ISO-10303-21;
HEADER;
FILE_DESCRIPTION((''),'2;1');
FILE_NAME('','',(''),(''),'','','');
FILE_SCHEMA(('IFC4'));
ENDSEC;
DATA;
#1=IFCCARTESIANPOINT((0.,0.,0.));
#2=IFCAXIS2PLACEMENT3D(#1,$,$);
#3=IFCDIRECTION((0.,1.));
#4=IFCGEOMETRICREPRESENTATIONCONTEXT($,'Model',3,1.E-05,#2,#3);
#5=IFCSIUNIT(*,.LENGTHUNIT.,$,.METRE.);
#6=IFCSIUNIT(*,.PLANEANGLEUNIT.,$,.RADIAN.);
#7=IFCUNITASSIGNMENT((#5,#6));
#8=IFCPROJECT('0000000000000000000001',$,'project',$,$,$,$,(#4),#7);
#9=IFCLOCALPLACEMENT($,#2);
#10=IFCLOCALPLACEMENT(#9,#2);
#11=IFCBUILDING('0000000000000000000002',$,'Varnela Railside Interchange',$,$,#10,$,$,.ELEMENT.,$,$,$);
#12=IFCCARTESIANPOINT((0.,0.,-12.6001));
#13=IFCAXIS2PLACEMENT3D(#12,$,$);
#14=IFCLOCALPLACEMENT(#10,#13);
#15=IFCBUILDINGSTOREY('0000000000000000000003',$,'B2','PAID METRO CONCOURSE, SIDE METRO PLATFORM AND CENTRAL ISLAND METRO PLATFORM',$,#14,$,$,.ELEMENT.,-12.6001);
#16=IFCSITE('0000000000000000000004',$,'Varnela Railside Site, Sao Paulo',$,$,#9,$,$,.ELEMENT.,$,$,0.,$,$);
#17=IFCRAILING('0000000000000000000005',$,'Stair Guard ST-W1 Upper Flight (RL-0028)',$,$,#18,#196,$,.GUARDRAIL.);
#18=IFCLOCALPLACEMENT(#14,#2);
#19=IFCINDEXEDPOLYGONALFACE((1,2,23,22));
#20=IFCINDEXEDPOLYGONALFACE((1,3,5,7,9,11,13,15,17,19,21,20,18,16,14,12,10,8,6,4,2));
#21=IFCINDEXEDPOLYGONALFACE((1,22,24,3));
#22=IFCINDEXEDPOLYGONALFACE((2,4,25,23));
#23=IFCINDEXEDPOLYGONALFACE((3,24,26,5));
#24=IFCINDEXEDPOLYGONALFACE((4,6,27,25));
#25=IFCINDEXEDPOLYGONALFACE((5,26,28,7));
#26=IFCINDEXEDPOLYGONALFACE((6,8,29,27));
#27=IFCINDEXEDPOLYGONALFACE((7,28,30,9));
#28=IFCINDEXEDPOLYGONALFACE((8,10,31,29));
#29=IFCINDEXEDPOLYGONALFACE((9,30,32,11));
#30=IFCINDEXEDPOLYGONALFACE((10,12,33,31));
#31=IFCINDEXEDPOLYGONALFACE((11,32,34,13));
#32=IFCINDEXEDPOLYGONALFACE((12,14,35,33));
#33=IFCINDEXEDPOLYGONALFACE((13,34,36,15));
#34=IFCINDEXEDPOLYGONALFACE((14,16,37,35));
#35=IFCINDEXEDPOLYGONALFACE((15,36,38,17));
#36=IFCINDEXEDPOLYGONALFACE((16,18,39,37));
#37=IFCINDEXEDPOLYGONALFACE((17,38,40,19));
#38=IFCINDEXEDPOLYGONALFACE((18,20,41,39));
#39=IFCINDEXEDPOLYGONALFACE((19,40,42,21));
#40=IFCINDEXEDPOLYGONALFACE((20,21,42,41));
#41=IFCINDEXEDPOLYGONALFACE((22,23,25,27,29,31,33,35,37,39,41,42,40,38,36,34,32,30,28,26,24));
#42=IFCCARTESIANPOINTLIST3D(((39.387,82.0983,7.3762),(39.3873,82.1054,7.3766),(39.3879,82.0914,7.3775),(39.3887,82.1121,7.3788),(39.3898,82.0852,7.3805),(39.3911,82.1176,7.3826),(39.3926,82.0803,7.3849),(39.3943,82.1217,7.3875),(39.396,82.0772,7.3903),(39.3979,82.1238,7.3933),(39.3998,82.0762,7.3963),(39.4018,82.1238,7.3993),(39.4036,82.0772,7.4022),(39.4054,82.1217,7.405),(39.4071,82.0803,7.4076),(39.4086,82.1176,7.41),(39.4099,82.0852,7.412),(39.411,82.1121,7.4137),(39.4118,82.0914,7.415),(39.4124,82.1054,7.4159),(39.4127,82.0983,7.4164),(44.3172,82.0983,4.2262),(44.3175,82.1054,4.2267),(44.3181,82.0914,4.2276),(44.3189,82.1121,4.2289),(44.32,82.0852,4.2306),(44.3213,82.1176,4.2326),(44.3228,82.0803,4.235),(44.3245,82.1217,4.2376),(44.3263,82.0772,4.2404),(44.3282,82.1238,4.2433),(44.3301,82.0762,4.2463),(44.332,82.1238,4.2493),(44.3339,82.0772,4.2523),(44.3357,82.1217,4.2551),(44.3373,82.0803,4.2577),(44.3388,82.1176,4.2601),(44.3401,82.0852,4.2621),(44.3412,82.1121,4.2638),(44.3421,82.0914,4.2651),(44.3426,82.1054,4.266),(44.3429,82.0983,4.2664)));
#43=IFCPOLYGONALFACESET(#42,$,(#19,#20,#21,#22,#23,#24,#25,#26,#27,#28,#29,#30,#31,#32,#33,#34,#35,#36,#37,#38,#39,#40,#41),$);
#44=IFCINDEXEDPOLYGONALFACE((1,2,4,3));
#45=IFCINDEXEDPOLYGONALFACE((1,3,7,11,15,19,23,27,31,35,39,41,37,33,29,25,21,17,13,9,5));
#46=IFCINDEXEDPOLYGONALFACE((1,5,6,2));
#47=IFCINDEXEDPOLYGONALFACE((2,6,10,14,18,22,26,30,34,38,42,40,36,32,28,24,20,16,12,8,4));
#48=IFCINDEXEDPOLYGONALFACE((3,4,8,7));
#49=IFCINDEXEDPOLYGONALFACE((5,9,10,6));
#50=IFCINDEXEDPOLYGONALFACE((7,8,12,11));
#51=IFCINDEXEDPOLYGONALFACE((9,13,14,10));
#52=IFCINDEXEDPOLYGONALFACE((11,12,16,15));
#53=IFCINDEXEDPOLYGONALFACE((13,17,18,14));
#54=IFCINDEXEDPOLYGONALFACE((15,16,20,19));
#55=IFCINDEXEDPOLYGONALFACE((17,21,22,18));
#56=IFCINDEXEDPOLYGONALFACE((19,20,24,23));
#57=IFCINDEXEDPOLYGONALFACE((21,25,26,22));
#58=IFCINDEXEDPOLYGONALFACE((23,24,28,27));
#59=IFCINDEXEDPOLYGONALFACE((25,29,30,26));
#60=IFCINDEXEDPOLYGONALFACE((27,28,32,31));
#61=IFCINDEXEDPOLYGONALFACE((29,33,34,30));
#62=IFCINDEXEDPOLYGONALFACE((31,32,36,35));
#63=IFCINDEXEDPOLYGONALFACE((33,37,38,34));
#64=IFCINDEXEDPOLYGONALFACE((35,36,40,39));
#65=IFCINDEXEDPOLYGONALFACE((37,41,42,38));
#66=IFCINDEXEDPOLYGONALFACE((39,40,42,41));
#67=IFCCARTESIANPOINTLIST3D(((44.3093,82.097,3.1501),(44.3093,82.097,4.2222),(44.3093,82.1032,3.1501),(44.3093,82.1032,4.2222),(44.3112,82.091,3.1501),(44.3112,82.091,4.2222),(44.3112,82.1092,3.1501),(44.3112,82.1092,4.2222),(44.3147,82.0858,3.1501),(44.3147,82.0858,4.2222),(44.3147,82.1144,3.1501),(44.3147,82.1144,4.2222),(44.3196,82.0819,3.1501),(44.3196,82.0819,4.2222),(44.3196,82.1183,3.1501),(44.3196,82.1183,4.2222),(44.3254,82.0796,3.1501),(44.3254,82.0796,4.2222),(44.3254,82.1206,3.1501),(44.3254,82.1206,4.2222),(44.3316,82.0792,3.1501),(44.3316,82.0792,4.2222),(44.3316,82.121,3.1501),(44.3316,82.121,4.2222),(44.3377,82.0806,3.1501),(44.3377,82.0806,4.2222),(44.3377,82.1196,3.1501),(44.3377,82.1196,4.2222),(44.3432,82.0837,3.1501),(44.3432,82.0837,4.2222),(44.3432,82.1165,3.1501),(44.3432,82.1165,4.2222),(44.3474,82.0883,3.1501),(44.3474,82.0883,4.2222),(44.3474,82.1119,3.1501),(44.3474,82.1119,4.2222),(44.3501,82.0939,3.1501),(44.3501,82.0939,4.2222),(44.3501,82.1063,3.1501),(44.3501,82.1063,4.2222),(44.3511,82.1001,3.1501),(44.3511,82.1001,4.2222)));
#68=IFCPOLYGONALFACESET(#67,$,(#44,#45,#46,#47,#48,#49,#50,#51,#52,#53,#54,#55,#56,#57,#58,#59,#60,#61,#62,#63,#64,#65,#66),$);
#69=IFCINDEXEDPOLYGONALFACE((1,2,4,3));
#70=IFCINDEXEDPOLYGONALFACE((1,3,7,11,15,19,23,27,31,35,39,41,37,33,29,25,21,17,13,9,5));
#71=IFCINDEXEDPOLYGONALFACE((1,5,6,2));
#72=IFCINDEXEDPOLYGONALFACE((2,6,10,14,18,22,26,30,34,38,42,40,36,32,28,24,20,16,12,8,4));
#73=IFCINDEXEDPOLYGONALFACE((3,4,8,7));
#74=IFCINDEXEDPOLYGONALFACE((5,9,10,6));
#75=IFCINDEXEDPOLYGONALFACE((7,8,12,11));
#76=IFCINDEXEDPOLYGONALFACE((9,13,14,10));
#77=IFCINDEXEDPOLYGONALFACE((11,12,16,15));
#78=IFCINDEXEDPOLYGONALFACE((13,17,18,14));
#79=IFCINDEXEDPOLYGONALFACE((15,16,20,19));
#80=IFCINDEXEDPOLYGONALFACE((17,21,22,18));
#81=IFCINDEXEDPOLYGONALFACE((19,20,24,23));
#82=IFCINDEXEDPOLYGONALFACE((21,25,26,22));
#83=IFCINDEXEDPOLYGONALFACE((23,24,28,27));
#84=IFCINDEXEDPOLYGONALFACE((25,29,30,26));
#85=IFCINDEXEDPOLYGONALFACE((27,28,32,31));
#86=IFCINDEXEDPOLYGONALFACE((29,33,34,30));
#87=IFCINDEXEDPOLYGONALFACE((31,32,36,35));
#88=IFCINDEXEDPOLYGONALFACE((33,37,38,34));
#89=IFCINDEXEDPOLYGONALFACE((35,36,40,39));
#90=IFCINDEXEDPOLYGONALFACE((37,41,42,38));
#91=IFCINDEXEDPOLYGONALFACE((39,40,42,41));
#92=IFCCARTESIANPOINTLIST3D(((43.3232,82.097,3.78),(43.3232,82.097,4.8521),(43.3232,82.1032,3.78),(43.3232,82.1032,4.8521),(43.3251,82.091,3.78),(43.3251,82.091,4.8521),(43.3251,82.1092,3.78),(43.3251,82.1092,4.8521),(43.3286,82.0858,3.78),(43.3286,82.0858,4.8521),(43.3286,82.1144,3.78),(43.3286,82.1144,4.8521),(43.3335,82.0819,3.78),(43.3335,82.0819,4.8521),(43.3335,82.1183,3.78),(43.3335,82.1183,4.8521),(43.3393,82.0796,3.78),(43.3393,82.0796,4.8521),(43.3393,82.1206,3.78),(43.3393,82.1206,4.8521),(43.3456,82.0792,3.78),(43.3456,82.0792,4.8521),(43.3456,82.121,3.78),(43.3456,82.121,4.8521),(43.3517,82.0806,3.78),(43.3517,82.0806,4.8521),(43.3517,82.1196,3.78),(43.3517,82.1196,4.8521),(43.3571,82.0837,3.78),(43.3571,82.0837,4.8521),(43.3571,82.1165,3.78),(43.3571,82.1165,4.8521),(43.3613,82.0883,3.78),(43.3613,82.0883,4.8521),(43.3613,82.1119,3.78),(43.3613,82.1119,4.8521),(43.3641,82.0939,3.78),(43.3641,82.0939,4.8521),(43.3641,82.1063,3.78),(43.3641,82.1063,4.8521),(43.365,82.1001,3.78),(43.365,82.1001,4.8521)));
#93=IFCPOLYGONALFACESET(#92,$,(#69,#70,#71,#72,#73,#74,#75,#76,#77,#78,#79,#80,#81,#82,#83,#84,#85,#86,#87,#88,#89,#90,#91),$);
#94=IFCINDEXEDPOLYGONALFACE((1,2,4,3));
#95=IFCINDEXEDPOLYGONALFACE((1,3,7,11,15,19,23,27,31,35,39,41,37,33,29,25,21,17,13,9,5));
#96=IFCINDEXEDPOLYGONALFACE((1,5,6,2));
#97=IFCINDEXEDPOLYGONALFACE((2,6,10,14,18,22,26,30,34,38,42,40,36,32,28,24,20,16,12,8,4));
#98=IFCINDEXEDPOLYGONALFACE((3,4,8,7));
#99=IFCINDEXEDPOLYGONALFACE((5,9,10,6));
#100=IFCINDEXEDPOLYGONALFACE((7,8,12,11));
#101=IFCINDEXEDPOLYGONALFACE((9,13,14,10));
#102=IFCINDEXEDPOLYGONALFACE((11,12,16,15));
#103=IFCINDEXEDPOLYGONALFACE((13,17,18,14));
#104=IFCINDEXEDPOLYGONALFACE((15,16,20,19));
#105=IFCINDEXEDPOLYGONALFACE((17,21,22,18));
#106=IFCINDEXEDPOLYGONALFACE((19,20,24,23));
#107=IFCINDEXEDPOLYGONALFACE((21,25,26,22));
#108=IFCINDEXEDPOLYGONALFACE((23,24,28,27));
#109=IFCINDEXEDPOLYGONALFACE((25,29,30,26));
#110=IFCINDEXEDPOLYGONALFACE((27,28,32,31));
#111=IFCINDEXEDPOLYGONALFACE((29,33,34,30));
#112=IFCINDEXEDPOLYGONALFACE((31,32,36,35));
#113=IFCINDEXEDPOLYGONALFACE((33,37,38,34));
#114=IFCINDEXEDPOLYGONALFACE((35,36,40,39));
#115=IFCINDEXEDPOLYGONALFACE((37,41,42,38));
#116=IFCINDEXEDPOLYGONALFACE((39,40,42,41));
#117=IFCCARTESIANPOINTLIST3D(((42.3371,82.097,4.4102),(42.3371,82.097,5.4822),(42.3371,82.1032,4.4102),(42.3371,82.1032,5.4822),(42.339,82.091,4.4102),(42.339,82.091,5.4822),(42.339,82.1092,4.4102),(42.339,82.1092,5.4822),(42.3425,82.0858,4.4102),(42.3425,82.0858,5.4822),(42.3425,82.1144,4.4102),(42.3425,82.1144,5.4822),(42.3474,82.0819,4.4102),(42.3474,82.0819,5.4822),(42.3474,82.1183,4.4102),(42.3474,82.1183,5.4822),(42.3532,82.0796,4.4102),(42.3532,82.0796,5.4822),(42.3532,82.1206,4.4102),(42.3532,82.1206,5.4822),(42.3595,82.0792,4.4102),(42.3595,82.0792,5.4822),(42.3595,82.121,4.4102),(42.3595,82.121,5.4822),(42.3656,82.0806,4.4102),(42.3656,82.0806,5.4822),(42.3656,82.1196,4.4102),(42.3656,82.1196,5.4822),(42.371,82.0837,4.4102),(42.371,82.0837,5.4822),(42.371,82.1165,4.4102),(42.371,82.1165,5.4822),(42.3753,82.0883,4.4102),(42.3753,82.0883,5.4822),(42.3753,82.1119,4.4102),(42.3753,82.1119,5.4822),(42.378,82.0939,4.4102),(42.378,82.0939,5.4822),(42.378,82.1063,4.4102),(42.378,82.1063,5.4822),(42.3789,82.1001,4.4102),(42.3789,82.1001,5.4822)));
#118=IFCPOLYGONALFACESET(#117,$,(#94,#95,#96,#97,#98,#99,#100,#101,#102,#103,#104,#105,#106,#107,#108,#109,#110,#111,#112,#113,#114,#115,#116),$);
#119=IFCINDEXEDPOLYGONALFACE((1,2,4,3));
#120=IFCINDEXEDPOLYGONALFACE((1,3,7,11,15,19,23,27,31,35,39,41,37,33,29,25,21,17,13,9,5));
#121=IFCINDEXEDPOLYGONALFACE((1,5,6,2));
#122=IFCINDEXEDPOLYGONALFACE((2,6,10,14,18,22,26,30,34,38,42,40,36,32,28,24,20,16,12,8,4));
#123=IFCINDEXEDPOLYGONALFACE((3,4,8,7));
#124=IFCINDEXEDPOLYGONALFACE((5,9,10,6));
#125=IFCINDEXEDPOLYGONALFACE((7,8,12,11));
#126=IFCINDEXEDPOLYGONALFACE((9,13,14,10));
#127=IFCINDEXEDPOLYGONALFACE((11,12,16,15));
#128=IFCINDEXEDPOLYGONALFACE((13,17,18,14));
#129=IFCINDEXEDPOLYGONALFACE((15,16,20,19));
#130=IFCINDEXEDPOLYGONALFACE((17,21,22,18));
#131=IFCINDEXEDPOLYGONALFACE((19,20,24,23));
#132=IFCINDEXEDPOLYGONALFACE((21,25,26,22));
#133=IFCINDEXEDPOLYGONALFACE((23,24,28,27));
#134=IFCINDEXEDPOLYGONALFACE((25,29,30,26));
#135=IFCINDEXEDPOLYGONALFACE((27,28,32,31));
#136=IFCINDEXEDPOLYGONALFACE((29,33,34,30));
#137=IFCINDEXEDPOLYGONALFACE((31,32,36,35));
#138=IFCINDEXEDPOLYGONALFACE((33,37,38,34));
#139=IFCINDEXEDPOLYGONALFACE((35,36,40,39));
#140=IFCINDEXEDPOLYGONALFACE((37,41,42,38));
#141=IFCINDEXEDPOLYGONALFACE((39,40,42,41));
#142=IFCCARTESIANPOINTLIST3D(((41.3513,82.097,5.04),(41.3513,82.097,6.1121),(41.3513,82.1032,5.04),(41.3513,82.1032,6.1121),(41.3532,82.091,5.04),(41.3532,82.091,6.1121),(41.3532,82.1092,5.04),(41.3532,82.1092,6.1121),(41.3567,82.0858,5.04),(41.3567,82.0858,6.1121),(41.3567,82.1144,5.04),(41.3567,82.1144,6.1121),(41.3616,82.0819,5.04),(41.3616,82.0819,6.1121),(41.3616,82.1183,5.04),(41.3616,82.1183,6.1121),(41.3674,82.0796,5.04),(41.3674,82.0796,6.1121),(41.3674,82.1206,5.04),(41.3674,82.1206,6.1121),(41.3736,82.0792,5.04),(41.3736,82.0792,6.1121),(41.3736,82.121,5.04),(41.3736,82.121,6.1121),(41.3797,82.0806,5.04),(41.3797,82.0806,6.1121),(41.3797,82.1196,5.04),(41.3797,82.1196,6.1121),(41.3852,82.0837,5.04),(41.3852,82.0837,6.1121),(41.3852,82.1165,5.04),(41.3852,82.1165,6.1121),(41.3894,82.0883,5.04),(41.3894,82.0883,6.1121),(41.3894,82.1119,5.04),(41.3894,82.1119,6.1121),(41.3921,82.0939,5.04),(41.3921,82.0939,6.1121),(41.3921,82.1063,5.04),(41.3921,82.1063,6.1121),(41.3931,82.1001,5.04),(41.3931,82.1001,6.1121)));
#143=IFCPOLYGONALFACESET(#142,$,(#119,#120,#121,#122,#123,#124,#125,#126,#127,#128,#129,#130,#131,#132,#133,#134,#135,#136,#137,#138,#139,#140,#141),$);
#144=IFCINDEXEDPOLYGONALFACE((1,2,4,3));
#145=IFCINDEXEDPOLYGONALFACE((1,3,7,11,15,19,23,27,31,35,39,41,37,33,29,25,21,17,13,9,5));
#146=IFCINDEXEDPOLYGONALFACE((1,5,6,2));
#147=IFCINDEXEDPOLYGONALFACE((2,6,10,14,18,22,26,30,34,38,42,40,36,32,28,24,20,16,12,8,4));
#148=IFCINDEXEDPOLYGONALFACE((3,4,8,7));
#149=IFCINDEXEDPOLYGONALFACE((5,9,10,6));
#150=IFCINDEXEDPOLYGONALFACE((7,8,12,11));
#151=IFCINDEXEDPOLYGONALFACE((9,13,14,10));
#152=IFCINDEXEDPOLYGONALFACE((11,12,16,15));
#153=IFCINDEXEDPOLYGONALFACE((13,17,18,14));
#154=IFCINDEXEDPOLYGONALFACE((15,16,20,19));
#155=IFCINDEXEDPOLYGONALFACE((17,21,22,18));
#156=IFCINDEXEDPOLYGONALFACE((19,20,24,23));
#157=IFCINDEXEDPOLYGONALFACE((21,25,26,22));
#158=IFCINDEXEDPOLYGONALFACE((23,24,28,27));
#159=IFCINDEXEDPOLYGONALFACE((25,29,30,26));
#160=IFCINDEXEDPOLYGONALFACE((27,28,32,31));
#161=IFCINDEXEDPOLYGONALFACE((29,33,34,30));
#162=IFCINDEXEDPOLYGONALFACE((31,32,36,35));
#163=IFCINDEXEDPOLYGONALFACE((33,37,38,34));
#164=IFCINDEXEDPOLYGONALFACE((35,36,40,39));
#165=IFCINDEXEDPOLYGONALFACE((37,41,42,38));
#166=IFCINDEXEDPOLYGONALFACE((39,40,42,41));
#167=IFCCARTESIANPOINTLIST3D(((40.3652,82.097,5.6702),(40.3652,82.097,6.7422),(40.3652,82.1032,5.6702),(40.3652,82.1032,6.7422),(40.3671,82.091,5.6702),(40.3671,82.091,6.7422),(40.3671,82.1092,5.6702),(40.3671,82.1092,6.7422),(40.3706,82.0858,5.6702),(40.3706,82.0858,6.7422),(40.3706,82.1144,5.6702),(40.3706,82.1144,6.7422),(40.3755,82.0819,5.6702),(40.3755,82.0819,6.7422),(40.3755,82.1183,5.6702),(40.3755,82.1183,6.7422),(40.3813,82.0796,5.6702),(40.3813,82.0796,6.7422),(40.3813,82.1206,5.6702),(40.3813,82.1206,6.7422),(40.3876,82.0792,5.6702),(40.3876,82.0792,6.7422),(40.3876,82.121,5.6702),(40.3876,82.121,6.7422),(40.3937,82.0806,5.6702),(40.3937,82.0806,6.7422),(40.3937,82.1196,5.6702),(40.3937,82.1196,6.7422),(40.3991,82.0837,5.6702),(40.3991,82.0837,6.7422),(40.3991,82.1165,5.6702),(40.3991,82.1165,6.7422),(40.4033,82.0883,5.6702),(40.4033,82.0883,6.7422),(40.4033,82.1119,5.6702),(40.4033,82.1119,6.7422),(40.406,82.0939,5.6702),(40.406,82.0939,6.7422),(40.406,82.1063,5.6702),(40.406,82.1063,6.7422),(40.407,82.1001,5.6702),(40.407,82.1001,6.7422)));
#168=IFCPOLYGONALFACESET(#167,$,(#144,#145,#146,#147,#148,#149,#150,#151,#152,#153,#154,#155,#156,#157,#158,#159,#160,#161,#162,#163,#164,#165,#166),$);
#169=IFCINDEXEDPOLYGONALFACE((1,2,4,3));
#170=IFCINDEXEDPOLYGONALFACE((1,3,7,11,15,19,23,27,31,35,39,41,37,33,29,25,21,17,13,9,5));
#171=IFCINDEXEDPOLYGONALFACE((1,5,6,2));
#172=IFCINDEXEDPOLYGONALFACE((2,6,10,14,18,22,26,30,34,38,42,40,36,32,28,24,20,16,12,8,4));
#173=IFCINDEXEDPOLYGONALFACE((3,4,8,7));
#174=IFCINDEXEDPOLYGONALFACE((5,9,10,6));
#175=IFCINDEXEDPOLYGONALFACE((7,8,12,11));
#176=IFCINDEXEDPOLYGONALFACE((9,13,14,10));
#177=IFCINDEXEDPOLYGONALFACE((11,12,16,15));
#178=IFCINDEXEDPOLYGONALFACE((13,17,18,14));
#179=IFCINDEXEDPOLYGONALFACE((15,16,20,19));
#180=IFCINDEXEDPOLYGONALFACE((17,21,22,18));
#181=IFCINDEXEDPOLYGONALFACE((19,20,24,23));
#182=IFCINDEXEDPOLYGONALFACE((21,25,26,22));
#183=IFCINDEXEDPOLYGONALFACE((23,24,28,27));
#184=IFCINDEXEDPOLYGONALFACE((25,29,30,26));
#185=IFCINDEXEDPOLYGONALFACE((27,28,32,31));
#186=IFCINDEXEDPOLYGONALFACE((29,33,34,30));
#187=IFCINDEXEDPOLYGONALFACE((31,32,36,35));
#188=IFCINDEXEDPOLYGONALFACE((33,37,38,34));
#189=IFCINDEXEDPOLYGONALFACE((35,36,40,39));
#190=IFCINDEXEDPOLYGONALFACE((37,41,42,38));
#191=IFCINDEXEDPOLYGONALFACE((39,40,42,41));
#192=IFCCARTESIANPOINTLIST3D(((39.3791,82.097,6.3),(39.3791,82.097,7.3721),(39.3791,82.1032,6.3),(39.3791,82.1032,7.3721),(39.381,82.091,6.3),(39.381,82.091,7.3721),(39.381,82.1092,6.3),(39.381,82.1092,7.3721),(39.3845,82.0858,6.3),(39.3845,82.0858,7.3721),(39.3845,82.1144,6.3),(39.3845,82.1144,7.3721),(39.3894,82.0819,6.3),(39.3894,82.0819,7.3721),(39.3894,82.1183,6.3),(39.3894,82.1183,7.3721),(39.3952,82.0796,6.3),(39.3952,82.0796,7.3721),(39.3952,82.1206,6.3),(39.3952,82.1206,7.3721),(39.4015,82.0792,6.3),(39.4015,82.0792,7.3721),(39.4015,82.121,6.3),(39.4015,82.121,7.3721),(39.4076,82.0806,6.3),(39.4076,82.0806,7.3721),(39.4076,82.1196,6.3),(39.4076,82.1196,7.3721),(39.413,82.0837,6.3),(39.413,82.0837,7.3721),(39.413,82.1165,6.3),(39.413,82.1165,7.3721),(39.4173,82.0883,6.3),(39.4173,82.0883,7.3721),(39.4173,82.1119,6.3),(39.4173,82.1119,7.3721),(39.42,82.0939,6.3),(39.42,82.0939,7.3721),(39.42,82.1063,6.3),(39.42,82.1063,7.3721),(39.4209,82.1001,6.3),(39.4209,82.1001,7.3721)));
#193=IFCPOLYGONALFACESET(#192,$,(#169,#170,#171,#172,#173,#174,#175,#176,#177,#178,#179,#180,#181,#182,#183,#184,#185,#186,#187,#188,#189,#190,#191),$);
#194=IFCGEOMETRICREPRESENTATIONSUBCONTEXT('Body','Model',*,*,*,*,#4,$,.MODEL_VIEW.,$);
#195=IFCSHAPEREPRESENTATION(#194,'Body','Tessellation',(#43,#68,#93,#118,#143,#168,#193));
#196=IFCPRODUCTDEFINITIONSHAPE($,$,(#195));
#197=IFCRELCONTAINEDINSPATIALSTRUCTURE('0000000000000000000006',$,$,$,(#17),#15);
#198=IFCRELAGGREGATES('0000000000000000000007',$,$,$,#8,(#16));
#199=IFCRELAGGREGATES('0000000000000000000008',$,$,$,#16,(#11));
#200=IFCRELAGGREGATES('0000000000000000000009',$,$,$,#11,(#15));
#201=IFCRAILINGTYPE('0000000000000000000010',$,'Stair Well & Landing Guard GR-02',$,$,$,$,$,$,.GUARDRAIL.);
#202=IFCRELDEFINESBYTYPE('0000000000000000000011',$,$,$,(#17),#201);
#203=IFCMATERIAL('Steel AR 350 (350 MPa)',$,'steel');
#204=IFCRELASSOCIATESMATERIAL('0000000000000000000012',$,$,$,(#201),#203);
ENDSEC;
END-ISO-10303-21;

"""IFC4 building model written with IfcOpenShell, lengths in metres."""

from ifc_helpers import new_model, si_unit, direction, frame, origin, origin_2d, place, context, subcontext, project, spatial, circle, extrude, material, type_object, element, save


model = new_model("IFC4")

# Units and contexts
model_context = context("Model", 3, precision=1e-05, world=origin(), true_north=direction((0.0, 1.0)))
body_context = subcontext(model_context, "Body", "Model", "MODEL_VIEW")
ifc_project = project(units=[si_unit("LENGTHUNIT", "METRE"), si_unit("PLANEANGLEUNIT", "RADIAN")], contexts=[model_context])

# Site, building, storey
site_placement = place(None, origin())
site = spatial("IfcSite", under=ifc_project, at=site_placement, Name="Varnela Railside Site, Sao Paulo", CompositionType="ELEMENT", RefElevation=0.0)
building_placement = place(site_placement, origin())
building = spatial("IfcBuilding", under=site, at=building_placement, Name="Varnela Railside Interchange", CompositionType="ELEMENT")
storey_placement = place(building_placement, frame((0.0, 0.0, -12.6001)))
storey = spatial("IfcBuildingStorey", under=building, at=storey_placement, Name="B2", Description="PAID METRO CONCOURSE, SIDE METRO PLATFORM AND CENTRAL ISLAND METRO PLATFORM", CompositionType="ELEMENT", Elevation=-12.6001)

# Railing
ifc_material_1 = material(Name="Steel AR 350 (350 MPa)", Category="steel")
railing_type_1 = type_object("IfcRailingType", Name="Stair Well & Landing Guard GR-02", PredefinedType="GUARDRAIL", material=ifc_material_1)
railing_1_placement = place(storey_placement, frame((44.3301, 82.1001, 3.1501)))
element("IfcRailing", 1, at=railing_1_placement, inside=storey, type_object=railing_type_1, Name="Stair Guard ST-W1 Upper Flight (RL-0028)", PredefinedType="GUARDRAIL", context=body_context, shape_type="SweptSolid", body=[
    extrude(circle(Radius=0.0239, at=origin_2d()), frame((0.0, 0.0, 1.0962), z_axis=(-0.842691, 0.0, 0.538398), x_axis=(0.0, -1.0, 0.0)), (0.0, 0.0, 1.0), 5.8506),
    extrude(circle(Radius=0.021, at=origin_2d()), origin(), (0.0, 0.0, 1.0), 1.072),
    extrude(circle(Radius=0.021, at=origin_2d()), frame((-0.9861, 0.0, 0.6299)), (0.0, 0.0, 1.0), 1.072),
    extrude(circle(Radius=0.021, at=origin_2d()), frame((-1.9722, 0.0, 1.26)), (0.0, 0.0, 1.0), 1.072),
    extrude(circle(Radius=0.021, at=origin_2d()), frame((-2.958, 0.0, 1.8899)), (0.0, 0.0, 1.0), 1.072),
    extrude(circle(Radius=0.021, at=origin_2d()), frame((-3.9441, 0.0, 2.52)), (0.0, 0.0, 1.0), 1.072),
    extrude(circle(Radius=0.021, at=origin_2d()), frame((-4.9302, 0.0, 3.1499)), (0.0, 0.0, 1.0), 1.072),
])

save(model, "model.ifc")
